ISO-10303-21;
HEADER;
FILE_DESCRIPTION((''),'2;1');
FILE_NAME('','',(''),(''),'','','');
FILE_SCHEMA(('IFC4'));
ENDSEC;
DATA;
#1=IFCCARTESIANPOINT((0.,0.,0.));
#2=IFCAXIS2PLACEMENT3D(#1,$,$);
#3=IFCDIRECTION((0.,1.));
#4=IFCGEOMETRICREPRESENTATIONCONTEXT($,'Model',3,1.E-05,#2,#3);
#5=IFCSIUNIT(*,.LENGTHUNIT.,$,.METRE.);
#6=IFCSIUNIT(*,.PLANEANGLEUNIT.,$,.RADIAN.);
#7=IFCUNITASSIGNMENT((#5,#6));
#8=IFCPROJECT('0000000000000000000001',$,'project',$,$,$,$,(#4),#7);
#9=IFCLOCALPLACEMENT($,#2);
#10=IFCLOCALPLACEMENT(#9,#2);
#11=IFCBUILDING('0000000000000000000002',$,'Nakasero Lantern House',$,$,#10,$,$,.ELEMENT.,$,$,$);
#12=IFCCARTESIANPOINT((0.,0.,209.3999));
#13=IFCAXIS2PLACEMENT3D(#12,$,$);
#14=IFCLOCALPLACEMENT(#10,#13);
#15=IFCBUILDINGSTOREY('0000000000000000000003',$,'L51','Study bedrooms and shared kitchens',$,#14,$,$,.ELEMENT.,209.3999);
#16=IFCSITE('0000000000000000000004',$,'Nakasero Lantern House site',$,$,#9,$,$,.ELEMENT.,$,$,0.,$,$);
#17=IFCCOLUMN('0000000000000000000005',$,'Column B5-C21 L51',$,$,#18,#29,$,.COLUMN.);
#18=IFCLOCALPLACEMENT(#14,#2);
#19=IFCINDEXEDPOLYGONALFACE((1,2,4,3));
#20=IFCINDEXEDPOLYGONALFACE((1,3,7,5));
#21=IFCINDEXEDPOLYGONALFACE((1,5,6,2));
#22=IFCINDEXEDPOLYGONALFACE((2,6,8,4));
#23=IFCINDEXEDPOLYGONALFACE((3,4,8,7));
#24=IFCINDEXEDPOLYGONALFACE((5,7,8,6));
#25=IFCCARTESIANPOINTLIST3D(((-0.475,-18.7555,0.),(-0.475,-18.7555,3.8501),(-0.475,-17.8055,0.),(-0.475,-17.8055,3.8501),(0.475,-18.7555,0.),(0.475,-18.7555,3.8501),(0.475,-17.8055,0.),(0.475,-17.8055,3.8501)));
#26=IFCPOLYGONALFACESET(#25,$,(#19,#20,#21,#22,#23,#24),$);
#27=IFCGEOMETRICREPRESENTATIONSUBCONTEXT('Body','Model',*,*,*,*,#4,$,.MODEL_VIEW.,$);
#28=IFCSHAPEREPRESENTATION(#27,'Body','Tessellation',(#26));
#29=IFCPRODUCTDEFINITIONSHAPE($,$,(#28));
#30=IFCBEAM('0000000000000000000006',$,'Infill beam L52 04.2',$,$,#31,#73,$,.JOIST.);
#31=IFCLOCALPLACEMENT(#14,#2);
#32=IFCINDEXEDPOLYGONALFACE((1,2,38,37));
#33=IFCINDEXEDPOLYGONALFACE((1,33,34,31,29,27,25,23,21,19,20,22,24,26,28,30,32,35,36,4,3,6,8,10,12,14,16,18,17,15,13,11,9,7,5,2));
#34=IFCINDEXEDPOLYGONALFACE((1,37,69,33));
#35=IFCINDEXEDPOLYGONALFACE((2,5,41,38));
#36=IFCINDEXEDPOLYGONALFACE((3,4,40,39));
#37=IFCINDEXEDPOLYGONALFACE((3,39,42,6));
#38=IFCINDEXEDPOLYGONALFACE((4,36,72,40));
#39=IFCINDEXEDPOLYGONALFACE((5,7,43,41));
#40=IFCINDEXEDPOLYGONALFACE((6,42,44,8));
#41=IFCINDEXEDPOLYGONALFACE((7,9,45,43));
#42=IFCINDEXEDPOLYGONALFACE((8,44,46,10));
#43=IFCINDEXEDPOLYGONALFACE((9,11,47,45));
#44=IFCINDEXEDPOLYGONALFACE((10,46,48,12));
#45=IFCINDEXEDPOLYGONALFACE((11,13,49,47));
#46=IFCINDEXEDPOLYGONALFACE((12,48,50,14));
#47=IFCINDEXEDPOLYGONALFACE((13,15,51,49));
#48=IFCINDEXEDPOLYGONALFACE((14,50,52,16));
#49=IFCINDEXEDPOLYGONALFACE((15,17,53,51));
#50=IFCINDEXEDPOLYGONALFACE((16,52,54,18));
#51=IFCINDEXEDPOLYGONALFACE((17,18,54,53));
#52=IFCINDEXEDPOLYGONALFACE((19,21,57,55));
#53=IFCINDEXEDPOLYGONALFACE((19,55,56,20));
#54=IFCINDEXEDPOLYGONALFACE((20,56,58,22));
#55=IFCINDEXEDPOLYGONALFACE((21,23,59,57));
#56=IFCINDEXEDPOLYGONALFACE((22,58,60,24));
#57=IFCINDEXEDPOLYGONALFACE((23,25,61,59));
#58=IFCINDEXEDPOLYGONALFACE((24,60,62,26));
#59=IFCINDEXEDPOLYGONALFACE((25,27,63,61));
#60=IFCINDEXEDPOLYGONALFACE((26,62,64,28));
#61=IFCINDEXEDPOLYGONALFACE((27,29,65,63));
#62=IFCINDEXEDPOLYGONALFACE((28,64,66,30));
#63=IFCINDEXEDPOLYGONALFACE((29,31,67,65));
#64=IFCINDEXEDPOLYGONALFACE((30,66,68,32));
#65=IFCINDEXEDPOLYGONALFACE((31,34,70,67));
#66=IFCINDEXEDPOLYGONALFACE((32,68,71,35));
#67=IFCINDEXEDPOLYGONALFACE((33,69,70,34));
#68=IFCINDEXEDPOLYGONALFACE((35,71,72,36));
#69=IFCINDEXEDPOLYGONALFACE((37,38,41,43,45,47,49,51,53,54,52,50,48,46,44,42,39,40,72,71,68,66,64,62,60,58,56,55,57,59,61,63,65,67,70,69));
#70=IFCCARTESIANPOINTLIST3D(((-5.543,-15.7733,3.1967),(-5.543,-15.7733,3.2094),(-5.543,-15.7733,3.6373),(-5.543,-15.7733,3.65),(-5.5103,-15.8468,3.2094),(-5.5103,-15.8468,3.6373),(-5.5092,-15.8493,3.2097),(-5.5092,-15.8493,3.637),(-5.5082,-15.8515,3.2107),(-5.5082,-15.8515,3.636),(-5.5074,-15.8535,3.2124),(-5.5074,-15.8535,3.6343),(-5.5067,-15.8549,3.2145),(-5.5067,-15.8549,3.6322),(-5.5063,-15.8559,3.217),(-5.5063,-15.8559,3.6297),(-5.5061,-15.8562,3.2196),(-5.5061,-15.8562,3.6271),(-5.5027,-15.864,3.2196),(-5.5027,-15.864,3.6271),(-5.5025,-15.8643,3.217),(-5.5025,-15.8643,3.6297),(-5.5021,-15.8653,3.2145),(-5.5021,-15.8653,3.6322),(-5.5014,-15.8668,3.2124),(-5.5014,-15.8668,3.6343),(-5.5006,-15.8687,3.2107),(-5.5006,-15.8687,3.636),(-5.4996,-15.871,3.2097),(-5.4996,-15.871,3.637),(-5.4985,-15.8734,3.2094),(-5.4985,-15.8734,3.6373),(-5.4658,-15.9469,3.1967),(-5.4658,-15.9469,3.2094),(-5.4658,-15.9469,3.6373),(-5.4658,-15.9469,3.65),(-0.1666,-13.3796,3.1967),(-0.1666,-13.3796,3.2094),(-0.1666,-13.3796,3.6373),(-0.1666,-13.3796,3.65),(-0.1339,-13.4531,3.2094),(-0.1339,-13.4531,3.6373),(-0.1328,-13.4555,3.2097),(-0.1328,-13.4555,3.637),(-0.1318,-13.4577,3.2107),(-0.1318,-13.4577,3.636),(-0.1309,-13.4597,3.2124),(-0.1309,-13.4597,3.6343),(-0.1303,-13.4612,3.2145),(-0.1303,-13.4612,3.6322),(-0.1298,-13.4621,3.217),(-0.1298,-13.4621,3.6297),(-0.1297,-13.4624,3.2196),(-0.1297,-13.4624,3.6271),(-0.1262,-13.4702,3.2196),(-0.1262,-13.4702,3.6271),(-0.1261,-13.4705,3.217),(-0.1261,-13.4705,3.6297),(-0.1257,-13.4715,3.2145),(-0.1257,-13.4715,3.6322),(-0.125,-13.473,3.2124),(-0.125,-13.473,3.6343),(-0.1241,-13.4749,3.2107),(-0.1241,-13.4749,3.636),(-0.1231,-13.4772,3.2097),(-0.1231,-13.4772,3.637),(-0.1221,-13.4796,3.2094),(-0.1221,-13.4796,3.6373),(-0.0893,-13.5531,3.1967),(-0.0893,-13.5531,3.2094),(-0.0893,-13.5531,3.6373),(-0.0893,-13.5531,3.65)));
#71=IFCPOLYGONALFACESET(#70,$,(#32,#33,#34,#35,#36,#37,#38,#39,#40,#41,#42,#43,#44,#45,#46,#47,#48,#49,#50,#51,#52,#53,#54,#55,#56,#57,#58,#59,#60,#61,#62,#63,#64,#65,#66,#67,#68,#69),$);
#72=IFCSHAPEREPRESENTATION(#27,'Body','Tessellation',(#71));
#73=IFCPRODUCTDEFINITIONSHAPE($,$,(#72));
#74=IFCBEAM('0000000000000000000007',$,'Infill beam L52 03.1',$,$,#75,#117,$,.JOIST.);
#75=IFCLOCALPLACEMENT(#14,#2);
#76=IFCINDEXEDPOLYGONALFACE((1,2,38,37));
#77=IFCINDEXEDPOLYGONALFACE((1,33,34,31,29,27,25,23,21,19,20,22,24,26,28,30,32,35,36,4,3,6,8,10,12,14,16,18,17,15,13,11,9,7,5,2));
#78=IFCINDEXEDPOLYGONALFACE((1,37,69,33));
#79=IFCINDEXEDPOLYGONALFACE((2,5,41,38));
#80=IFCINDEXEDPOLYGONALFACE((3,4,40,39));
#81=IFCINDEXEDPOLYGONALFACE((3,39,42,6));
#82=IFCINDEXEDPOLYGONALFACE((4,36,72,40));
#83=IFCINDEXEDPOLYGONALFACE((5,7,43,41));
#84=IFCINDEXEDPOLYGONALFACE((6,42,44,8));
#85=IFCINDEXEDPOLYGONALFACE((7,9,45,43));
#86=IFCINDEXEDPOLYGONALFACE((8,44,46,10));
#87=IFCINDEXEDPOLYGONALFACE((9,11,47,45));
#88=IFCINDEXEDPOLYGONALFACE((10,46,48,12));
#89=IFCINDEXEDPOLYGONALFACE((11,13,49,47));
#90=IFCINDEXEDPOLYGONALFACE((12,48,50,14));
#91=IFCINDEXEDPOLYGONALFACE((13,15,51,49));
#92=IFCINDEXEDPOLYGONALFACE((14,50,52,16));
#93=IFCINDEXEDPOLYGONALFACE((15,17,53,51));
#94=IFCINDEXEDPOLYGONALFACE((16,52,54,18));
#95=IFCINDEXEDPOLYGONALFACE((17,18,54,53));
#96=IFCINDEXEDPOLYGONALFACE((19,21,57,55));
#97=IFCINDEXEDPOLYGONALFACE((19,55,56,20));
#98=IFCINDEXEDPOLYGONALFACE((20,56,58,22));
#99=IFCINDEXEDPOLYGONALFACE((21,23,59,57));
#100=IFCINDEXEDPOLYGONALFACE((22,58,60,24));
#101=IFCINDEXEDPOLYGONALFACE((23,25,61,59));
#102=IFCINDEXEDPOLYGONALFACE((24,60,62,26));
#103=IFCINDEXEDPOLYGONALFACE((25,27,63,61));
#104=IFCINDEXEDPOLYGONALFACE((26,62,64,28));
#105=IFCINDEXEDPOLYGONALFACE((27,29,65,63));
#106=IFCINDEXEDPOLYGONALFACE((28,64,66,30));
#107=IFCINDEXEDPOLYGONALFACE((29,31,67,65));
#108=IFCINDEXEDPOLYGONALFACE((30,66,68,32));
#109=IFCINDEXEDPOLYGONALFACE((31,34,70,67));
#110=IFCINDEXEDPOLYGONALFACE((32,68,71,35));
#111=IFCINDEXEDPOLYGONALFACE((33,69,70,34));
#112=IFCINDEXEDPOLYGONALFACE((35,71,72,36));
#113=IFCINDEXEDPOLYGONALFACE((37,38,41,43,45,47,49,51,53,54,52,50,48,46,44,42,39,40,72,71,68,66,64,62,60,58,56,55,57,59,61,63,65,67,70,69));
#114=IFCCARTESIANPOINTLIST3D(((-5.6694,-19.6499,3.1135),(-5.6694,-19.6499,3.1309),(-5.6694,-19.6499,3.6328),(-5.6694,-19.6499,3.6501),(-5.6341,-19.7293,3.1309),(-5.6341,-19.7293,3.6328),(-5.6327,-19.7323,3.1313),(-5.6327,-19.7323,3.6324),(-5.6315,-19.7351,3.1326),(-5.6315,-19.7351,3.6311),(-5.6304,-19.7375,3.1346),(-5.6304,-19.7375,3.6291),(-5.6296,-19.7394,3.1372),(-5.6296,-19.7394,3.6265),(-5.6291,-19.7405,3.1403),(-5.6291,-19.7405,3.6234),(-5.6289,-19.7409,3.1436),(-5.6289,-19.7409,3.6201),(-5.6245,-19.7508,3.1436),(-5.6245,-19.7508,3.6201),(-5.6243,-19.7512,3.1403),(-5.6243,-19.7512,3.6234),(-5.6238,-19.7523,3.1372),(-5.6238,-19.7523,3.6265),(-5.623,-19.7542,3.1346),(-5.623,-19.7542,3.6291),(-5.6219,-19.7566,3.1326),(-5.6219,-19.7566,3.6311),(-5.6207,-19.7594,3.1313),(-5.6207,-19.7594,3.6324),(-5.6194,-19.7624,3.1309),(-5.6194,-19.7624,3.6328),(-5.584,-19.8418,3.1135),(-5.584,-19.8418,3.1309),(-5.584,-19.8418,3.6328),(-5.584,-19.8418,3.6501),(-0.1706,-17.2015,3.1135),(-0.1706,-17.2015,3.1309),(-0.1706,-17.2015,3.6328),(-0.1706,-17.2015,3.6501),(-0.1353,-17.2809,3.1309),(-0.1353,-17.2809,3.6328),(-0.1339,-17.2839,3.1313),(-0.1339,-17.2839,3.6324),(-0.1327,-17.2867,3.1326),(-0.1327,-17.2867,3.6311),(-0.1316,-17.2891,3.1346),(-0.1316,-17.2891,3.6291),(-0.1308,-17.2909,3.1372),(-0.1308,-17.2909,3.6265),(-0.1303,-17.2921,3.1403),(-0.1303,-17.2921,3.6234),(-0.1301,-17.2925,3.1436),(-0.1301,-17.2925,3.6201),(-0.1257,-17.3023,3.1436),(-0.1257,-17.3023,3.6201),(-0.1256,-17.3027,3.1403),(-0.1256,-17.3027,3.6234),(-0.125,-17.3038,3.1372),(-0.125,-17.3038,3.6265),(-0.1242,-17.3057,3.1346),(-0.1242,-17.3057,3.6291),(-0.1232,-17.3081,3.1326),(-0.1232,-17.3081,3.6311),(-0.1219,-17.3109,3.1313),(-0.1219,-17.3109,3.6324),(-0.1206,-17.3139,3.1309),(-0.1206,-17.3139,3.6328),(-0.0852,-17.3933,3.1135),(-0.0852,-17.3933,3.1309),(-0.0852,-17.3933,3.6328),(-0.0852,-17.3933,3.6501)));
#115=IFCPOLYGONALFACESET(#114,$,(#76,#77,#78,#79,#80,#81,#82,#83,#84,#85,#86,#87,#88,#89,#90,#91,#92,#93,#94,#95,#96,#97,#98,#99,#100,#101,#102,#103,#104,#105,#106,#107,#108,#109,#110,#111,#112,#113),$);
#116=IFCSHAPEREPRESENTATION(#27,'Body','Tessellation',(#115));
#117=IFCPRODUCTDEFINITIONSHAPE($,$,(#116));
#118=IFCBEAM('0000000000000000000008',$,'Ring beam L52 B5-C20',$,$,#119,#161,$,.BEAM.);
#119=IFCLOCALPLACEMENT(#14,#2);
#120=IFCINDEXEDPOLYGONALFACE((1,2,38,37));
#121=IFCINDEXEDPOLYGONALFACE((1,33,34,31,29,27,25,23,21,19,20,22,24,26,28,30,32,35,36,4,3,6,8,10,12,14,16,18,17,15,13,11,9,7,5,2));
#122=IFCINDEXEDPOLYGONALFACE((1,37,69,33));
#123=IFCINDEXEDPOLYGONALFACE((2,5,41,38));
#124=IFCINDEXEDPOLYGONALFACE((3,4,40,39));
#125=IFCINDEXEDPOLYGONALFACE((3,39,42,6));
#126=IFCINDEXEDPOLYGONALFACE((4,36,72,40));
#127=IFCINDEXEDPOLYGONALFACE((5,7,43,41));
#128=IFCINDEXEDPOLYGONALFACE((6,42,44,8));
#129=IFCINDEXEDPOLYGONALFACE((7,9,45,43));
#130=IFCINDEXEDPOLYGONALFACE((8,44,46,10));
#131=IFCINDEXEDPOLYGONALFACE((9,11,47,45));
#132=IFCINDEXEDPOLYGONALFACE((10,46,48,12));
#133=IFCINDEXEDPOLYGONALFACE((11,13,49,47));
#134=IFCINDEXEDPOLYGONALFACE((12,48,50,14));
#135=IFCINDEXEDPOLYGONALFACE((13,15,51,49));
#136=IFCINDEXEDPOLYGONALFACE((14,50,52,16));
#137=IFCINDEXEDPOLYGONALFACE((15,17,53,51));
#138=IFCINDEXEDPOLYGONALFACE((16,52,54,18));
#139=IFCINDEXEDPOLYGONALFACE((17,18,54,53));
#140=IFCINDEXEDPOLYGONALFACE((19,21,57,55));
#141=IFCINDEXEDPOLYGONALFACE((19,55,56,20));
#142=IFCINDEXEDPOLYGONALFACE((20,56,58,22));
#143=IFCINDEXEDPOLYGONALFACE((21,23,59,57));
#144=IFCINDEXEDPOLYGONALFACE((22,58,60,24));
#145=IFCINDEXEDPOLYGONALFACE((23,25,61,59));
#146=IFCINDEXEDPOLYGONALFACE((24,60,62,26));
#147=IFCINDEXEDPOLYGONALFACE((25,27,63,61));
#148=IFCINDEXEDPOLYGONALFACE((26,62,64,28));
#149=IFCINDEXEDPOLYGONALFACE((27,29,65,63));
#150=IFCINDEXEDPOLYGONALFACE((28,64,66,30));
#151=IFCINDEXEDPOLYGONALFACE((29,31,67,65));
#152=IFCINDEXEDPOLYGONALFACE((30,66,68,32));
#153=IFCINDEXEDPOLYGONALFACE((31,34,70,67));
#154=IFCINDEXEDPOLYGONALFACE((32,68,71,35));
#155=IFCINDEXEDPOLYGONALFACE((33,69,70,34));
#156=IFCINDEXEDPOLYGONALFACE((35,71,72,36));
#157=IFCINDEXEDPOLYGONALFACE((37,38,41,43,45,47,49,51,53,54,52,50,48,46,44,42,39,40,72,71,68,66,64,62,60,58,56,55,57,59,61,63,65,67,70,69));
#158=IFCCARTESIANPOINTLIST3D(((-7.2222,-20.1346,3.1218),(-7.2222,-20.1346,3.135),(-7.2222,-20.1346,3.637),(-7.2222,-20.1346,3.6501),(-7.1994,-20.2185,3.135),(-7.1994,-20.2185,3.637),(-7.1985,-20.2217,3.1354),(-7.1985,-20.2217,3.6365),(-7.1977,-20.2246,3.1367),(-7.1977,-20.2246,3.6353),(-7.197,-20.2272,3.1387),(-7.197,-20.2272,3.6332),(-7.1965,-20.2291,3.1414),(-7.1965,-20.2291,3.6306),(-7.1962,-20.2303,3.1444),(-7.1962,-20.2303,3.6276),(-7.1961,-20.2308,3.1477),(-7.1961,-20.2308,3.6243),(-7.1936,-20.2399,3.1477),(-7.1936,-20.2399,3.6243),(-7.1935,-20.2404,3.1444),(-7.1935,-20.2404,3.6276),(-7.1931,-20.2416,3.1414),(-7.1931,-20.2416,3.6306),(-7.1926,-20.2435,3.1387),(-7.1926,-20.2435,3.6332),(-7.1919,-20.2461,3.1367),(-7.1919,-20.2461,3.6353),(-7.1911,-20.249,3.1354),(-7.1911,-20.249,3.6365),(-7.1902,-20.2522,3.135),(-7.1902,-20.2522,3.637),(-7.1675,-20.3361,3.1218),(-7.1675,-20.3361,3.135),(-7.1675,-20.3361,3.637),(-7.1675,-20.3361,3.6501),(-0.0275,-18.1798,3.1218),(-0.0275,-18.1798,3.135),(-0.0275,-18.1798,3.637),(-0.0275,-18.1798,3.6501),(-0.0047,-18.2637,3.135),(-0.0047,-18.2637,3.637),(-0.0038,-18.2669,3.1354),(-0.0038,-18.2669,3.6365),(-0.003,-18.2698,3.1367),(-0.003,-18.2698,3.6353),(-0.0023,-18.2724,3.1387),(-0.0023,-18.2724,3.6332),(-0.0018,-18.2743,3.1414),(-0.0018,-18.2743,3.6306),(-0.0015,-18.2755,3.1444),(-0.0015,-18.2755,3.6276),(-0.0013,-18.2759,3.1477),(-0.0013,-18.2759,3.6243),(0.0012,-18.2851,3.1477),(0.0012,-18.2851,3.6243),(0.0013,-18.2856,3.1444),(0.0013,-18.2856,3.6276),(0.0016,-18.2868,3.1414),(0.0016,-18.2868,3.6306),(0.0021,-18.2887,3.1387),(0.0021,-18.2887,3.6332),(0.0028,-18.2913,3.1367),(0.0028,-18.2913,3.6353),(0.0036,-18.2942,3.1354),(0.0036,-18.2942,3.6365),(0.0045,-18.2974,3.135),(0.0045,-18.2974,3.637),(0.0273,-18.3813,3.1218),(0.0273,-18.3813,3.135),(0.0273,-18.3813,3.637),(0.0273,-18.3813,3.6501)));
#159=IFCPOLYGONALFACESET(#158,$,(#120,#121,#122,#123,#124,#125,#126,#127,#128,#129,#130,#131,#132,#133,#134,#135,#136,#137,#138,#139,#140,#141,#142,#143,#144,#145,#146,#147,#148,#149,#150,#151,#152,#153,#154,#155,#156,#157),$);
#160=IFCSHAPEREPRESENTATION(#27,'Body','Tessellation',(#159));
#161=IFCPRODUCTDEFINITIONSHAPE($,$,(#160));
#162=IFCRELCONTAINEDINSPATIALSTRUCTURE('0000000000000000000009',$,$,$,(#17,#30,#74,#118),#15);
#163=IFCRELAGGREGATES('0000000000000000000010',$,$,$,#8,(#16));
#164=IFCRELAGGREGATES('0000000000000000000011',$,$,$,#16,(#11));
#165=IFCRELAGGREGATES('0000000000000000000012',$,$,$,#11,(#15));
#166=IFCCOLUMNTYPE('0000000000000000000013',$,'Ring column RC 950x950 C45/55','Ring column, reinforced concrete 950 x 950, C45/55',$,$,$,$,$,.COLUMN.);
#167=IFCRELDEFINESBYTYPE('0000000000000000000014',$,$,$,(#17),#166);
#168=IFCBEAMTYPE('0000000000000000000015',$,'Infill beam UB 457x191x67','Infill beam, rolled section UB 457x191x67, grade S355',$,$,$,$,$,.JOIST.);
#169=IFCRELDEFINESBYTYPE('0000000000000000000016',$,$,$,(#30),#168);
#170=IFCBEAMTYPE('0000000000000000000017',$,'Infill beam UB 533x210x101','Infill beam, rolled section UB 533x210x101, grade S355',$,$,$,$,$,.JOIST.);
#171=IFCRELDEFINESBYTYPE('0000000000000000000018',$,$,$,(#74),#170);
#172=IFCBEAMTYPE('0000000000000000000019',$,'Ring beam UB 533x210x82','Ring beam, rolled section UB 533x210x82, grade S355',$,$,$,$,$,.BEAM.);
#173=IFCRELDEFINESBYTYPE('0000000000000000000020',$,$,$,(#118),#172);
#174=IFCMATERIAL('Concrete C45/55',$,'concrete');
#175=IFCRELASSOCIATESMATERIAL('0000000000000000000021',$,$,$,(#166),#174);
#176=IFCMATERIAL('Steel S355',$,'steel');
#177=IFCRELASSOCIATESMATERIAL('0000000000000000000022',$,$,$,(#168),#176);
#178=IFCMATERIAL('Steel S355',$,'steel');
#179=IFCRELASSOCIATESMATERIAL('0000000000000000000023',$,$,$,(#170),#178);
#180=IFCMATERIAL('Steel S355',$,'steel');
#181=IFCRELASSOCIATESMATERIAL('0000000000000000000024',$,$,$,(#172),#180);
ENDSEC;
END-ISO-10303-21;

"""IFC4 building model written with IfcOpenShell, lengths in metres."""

from ifc_helpers import new_model, si_unit, direction, frame, origin, origin_2d, place, context, subcontext, project, spatial, rectangle, i_section, extrude, material, material_profile, profile_set, type_object, element, save


model = new_model("IFC4")

# Units and contexts
model_context = context("Model", 3, precision=1e-05, world=origin(), true_north=direction((0.0, 1.0)))
body_context = subcontext(model_context, "Body", "Model", "MODEL_VIEW")
ifc_project = project(units=[si_unit("LENGTHUNIT", "METRE"), si_unit("PLANEANGLEUNIT", "RADIAN")], contexts=[model_context])

# Site, building, storey
site_placement = place(None, origin())
site = spatial("IfcSite", under=ifc_project, at=site_placement, Name="Nakasero Lantern House site", CompositionType="ELEMENT", RefElevation=0.0)
building_placement = place(site_placement, origin())
building = spatial("IfcBuilding", under=site, at=building_placement, Name="Nakasero Lantern House", CompositionType="ELEMENT")
storey_placement = place(building_placement, frame((0.0, 0.0, 209.3999)))
storey = spatial("IfcBuildingStorey", under=building, at=storey_placement, Name="L51", Description="Study bedrooms and shared kitchens", CompositionType="ELEMENT", Elevation=209.3999)

# Column
ifc_material_1 = material(Name="Concrete C45/55", Category="concrete")
ifc_material_profile_1 = material_profile(ifc_material_1, rectangle(XDim=0.95, YDim=0.95, at=origin_2d()), Name="RC 950x950")
ifc_profile_set_1 = profile_set([ifc_material_profile_1], Name="Concrete C45/55")
column_type = type_object("IfcColumnType", Name="Ring column RC 950x950 C45/55", Description="Ring column, reinforced concrete 950 x 950, C45/55", PredefinedType="COLUMN", material=ifc_profile_set_1)
column_placement = place(storey_placement, frame((0.0, -18.2805, 0.0), z_axis=(0.0, 0.0, 1.0), x_axis=(1.0, 0.0, 0.0)))
element("IfcColumn", 1, at=column_placement, inside=storey, type_object=column_type, Name="Column B5-C21 L51", PredefinedType="COLUMN", context=body_context, shape_type="SweptSolid", body=[
    extrude(rectangle(XDim=0.95, YDim=0.95, at=origin_2d()), origin(), (0.0, 0.0, 1.0), 3.8501),
])

# Beams
ifc_material_2 = material(Name="Steel S355", Category="steel")
ifc_material_profile_2 = material_profile(ifc_material_2, i_section(OverallWidth=0.1899, OverallDepth=0.4534, WebThickness=0.0085, FlangeThickness=0.0127, FilletRadius=0.0103, at=origin_2d()), Name="UB 457x191x67")
ifc_profile_set_2 = profile_set([ifc_material_profile_2], Name="Steel S355")
beam_type_1 = type_object("IfcBeamType", Name="Infill beam UB 457x191x67", Description="Infill beam, rolled section UB 457x191x67, grade S355", PredefinedType="JOIST", material=ifc_profile_set_2)
beam_1_placement = place(storey_placement, frame((-5.5044, -15.8601, 3.4233), z_axis=(0.913543, 0.406743, 0.0), x_axis=(-0.406743, 0.913543, 0.0)))
element("IfcBeam", 2, at=beam_1_placement, inside=storey, type_object=beam_type_1, Name="Infill beam L52 04.2", PredefinedType="JOIST", context=body_context, shape_type="SweptSolid", body=[
    extrude(i_section(OverallWidth=0.1899, OverallDepth=0.4534, WebThickness=0.0085, FlangeThickness=0.0127, FilletRadius=0.0103, at=origin_2d()), origin(), (0.0, 0.0, 1.0), 5.8853),
])
ifc_material_3 = material(Name="Steel S355", Category="steel")
ifc_material_profile_3 = material_profile(ifc_material_3, i_section(OverallWidth=0.21, OverallDepth=0.5366, WebThickness=0.0107, FlangeThickness=0.0173, FilletRadius=0.0127, at=origin_2d()), Name="UB 533x210x101")
ifc_profile_set_3 = profile_set([ifc_material_profile_3], Name="Steel S355")
beam_type_2 = type_object("IfcBeamType", Name="Infill beam UB 533x210x101", Description="Infill beam, rolled section UB 533x210x101, grade S355", PredefinedType="JOIST", material=ifc_profile_set_3)
beam_2_placement = place(storey_placement, frame((-5.6267, -19.7458, 3.3818), z_axis=(0.913529, 0.406774, 0.0), x_axis=(-0.406774, 0.913529, 0.0)))
element("IfcBeam", 3, at=beam_2_placement, inside=storey, type_object=beam_type_2, Name="Infill beam L52 03.1", PredefinedType="JOIST", context=body_context, shape_type="SweptSolid", body=[
    extrude(i_section(OverallWidth=0.21, OverallDepth=0.5366, WebThickness=0.0107, FlangeThickness=0.0173, FilletRadius=0.0127, at=origin_2d()), origin(), (0.0, 0.0, 1.0), 6.0193),
])
ifc_material_4 = material(Name="Steel S355", Category="steel")
ifc_material_profile_4 = material_profile(ifc_material_4, i_section(OverallWidth=0.2087, OverallDepth=0.5283, WebThickness=0.0095, FlangeThickness=0.0132, FilletRadius=0.0127, at=origin_2d()), Name="UB 533x210x82")
ifc_profile_set_4 = profile_set([ifc_material_profile_4], Name="Steel S355")
beam_type_3 = type_object("IfcBeamType", Name="Ring beam UB 533x210x82", Description="Ring beam, rolled section UB 533x210x82, grade S355", PredefinedType="BEAM", material=ifc_profile_set_4)
beam_3_placement = place(storey_placement, frame((-7.1948, -20.2354, 3.386), z_axis=(0.965015, 0.262195, 0.0), x_axis=(-0.262195, 0.965015, 0.0)))
element("IfcBeam", 4, at=beam_3_placement, inside=storey, type_object=beam_type_3, Name="Ring beam L52 B5-C20", PredefinedType="BEAM", context=body_context, shape_type="SweptSolid", body=[
    extrude(i_section(OverallWidth=0.2087, OverallDepth=0.5283, WebThickness=0.0095, FlangeThickness=0.0132, FilletRadius=0.0127, at=origin_2d()), origin(), (0.0, 0.0, 1.0), 7.4556),
])

save(model, "model.ifc")
